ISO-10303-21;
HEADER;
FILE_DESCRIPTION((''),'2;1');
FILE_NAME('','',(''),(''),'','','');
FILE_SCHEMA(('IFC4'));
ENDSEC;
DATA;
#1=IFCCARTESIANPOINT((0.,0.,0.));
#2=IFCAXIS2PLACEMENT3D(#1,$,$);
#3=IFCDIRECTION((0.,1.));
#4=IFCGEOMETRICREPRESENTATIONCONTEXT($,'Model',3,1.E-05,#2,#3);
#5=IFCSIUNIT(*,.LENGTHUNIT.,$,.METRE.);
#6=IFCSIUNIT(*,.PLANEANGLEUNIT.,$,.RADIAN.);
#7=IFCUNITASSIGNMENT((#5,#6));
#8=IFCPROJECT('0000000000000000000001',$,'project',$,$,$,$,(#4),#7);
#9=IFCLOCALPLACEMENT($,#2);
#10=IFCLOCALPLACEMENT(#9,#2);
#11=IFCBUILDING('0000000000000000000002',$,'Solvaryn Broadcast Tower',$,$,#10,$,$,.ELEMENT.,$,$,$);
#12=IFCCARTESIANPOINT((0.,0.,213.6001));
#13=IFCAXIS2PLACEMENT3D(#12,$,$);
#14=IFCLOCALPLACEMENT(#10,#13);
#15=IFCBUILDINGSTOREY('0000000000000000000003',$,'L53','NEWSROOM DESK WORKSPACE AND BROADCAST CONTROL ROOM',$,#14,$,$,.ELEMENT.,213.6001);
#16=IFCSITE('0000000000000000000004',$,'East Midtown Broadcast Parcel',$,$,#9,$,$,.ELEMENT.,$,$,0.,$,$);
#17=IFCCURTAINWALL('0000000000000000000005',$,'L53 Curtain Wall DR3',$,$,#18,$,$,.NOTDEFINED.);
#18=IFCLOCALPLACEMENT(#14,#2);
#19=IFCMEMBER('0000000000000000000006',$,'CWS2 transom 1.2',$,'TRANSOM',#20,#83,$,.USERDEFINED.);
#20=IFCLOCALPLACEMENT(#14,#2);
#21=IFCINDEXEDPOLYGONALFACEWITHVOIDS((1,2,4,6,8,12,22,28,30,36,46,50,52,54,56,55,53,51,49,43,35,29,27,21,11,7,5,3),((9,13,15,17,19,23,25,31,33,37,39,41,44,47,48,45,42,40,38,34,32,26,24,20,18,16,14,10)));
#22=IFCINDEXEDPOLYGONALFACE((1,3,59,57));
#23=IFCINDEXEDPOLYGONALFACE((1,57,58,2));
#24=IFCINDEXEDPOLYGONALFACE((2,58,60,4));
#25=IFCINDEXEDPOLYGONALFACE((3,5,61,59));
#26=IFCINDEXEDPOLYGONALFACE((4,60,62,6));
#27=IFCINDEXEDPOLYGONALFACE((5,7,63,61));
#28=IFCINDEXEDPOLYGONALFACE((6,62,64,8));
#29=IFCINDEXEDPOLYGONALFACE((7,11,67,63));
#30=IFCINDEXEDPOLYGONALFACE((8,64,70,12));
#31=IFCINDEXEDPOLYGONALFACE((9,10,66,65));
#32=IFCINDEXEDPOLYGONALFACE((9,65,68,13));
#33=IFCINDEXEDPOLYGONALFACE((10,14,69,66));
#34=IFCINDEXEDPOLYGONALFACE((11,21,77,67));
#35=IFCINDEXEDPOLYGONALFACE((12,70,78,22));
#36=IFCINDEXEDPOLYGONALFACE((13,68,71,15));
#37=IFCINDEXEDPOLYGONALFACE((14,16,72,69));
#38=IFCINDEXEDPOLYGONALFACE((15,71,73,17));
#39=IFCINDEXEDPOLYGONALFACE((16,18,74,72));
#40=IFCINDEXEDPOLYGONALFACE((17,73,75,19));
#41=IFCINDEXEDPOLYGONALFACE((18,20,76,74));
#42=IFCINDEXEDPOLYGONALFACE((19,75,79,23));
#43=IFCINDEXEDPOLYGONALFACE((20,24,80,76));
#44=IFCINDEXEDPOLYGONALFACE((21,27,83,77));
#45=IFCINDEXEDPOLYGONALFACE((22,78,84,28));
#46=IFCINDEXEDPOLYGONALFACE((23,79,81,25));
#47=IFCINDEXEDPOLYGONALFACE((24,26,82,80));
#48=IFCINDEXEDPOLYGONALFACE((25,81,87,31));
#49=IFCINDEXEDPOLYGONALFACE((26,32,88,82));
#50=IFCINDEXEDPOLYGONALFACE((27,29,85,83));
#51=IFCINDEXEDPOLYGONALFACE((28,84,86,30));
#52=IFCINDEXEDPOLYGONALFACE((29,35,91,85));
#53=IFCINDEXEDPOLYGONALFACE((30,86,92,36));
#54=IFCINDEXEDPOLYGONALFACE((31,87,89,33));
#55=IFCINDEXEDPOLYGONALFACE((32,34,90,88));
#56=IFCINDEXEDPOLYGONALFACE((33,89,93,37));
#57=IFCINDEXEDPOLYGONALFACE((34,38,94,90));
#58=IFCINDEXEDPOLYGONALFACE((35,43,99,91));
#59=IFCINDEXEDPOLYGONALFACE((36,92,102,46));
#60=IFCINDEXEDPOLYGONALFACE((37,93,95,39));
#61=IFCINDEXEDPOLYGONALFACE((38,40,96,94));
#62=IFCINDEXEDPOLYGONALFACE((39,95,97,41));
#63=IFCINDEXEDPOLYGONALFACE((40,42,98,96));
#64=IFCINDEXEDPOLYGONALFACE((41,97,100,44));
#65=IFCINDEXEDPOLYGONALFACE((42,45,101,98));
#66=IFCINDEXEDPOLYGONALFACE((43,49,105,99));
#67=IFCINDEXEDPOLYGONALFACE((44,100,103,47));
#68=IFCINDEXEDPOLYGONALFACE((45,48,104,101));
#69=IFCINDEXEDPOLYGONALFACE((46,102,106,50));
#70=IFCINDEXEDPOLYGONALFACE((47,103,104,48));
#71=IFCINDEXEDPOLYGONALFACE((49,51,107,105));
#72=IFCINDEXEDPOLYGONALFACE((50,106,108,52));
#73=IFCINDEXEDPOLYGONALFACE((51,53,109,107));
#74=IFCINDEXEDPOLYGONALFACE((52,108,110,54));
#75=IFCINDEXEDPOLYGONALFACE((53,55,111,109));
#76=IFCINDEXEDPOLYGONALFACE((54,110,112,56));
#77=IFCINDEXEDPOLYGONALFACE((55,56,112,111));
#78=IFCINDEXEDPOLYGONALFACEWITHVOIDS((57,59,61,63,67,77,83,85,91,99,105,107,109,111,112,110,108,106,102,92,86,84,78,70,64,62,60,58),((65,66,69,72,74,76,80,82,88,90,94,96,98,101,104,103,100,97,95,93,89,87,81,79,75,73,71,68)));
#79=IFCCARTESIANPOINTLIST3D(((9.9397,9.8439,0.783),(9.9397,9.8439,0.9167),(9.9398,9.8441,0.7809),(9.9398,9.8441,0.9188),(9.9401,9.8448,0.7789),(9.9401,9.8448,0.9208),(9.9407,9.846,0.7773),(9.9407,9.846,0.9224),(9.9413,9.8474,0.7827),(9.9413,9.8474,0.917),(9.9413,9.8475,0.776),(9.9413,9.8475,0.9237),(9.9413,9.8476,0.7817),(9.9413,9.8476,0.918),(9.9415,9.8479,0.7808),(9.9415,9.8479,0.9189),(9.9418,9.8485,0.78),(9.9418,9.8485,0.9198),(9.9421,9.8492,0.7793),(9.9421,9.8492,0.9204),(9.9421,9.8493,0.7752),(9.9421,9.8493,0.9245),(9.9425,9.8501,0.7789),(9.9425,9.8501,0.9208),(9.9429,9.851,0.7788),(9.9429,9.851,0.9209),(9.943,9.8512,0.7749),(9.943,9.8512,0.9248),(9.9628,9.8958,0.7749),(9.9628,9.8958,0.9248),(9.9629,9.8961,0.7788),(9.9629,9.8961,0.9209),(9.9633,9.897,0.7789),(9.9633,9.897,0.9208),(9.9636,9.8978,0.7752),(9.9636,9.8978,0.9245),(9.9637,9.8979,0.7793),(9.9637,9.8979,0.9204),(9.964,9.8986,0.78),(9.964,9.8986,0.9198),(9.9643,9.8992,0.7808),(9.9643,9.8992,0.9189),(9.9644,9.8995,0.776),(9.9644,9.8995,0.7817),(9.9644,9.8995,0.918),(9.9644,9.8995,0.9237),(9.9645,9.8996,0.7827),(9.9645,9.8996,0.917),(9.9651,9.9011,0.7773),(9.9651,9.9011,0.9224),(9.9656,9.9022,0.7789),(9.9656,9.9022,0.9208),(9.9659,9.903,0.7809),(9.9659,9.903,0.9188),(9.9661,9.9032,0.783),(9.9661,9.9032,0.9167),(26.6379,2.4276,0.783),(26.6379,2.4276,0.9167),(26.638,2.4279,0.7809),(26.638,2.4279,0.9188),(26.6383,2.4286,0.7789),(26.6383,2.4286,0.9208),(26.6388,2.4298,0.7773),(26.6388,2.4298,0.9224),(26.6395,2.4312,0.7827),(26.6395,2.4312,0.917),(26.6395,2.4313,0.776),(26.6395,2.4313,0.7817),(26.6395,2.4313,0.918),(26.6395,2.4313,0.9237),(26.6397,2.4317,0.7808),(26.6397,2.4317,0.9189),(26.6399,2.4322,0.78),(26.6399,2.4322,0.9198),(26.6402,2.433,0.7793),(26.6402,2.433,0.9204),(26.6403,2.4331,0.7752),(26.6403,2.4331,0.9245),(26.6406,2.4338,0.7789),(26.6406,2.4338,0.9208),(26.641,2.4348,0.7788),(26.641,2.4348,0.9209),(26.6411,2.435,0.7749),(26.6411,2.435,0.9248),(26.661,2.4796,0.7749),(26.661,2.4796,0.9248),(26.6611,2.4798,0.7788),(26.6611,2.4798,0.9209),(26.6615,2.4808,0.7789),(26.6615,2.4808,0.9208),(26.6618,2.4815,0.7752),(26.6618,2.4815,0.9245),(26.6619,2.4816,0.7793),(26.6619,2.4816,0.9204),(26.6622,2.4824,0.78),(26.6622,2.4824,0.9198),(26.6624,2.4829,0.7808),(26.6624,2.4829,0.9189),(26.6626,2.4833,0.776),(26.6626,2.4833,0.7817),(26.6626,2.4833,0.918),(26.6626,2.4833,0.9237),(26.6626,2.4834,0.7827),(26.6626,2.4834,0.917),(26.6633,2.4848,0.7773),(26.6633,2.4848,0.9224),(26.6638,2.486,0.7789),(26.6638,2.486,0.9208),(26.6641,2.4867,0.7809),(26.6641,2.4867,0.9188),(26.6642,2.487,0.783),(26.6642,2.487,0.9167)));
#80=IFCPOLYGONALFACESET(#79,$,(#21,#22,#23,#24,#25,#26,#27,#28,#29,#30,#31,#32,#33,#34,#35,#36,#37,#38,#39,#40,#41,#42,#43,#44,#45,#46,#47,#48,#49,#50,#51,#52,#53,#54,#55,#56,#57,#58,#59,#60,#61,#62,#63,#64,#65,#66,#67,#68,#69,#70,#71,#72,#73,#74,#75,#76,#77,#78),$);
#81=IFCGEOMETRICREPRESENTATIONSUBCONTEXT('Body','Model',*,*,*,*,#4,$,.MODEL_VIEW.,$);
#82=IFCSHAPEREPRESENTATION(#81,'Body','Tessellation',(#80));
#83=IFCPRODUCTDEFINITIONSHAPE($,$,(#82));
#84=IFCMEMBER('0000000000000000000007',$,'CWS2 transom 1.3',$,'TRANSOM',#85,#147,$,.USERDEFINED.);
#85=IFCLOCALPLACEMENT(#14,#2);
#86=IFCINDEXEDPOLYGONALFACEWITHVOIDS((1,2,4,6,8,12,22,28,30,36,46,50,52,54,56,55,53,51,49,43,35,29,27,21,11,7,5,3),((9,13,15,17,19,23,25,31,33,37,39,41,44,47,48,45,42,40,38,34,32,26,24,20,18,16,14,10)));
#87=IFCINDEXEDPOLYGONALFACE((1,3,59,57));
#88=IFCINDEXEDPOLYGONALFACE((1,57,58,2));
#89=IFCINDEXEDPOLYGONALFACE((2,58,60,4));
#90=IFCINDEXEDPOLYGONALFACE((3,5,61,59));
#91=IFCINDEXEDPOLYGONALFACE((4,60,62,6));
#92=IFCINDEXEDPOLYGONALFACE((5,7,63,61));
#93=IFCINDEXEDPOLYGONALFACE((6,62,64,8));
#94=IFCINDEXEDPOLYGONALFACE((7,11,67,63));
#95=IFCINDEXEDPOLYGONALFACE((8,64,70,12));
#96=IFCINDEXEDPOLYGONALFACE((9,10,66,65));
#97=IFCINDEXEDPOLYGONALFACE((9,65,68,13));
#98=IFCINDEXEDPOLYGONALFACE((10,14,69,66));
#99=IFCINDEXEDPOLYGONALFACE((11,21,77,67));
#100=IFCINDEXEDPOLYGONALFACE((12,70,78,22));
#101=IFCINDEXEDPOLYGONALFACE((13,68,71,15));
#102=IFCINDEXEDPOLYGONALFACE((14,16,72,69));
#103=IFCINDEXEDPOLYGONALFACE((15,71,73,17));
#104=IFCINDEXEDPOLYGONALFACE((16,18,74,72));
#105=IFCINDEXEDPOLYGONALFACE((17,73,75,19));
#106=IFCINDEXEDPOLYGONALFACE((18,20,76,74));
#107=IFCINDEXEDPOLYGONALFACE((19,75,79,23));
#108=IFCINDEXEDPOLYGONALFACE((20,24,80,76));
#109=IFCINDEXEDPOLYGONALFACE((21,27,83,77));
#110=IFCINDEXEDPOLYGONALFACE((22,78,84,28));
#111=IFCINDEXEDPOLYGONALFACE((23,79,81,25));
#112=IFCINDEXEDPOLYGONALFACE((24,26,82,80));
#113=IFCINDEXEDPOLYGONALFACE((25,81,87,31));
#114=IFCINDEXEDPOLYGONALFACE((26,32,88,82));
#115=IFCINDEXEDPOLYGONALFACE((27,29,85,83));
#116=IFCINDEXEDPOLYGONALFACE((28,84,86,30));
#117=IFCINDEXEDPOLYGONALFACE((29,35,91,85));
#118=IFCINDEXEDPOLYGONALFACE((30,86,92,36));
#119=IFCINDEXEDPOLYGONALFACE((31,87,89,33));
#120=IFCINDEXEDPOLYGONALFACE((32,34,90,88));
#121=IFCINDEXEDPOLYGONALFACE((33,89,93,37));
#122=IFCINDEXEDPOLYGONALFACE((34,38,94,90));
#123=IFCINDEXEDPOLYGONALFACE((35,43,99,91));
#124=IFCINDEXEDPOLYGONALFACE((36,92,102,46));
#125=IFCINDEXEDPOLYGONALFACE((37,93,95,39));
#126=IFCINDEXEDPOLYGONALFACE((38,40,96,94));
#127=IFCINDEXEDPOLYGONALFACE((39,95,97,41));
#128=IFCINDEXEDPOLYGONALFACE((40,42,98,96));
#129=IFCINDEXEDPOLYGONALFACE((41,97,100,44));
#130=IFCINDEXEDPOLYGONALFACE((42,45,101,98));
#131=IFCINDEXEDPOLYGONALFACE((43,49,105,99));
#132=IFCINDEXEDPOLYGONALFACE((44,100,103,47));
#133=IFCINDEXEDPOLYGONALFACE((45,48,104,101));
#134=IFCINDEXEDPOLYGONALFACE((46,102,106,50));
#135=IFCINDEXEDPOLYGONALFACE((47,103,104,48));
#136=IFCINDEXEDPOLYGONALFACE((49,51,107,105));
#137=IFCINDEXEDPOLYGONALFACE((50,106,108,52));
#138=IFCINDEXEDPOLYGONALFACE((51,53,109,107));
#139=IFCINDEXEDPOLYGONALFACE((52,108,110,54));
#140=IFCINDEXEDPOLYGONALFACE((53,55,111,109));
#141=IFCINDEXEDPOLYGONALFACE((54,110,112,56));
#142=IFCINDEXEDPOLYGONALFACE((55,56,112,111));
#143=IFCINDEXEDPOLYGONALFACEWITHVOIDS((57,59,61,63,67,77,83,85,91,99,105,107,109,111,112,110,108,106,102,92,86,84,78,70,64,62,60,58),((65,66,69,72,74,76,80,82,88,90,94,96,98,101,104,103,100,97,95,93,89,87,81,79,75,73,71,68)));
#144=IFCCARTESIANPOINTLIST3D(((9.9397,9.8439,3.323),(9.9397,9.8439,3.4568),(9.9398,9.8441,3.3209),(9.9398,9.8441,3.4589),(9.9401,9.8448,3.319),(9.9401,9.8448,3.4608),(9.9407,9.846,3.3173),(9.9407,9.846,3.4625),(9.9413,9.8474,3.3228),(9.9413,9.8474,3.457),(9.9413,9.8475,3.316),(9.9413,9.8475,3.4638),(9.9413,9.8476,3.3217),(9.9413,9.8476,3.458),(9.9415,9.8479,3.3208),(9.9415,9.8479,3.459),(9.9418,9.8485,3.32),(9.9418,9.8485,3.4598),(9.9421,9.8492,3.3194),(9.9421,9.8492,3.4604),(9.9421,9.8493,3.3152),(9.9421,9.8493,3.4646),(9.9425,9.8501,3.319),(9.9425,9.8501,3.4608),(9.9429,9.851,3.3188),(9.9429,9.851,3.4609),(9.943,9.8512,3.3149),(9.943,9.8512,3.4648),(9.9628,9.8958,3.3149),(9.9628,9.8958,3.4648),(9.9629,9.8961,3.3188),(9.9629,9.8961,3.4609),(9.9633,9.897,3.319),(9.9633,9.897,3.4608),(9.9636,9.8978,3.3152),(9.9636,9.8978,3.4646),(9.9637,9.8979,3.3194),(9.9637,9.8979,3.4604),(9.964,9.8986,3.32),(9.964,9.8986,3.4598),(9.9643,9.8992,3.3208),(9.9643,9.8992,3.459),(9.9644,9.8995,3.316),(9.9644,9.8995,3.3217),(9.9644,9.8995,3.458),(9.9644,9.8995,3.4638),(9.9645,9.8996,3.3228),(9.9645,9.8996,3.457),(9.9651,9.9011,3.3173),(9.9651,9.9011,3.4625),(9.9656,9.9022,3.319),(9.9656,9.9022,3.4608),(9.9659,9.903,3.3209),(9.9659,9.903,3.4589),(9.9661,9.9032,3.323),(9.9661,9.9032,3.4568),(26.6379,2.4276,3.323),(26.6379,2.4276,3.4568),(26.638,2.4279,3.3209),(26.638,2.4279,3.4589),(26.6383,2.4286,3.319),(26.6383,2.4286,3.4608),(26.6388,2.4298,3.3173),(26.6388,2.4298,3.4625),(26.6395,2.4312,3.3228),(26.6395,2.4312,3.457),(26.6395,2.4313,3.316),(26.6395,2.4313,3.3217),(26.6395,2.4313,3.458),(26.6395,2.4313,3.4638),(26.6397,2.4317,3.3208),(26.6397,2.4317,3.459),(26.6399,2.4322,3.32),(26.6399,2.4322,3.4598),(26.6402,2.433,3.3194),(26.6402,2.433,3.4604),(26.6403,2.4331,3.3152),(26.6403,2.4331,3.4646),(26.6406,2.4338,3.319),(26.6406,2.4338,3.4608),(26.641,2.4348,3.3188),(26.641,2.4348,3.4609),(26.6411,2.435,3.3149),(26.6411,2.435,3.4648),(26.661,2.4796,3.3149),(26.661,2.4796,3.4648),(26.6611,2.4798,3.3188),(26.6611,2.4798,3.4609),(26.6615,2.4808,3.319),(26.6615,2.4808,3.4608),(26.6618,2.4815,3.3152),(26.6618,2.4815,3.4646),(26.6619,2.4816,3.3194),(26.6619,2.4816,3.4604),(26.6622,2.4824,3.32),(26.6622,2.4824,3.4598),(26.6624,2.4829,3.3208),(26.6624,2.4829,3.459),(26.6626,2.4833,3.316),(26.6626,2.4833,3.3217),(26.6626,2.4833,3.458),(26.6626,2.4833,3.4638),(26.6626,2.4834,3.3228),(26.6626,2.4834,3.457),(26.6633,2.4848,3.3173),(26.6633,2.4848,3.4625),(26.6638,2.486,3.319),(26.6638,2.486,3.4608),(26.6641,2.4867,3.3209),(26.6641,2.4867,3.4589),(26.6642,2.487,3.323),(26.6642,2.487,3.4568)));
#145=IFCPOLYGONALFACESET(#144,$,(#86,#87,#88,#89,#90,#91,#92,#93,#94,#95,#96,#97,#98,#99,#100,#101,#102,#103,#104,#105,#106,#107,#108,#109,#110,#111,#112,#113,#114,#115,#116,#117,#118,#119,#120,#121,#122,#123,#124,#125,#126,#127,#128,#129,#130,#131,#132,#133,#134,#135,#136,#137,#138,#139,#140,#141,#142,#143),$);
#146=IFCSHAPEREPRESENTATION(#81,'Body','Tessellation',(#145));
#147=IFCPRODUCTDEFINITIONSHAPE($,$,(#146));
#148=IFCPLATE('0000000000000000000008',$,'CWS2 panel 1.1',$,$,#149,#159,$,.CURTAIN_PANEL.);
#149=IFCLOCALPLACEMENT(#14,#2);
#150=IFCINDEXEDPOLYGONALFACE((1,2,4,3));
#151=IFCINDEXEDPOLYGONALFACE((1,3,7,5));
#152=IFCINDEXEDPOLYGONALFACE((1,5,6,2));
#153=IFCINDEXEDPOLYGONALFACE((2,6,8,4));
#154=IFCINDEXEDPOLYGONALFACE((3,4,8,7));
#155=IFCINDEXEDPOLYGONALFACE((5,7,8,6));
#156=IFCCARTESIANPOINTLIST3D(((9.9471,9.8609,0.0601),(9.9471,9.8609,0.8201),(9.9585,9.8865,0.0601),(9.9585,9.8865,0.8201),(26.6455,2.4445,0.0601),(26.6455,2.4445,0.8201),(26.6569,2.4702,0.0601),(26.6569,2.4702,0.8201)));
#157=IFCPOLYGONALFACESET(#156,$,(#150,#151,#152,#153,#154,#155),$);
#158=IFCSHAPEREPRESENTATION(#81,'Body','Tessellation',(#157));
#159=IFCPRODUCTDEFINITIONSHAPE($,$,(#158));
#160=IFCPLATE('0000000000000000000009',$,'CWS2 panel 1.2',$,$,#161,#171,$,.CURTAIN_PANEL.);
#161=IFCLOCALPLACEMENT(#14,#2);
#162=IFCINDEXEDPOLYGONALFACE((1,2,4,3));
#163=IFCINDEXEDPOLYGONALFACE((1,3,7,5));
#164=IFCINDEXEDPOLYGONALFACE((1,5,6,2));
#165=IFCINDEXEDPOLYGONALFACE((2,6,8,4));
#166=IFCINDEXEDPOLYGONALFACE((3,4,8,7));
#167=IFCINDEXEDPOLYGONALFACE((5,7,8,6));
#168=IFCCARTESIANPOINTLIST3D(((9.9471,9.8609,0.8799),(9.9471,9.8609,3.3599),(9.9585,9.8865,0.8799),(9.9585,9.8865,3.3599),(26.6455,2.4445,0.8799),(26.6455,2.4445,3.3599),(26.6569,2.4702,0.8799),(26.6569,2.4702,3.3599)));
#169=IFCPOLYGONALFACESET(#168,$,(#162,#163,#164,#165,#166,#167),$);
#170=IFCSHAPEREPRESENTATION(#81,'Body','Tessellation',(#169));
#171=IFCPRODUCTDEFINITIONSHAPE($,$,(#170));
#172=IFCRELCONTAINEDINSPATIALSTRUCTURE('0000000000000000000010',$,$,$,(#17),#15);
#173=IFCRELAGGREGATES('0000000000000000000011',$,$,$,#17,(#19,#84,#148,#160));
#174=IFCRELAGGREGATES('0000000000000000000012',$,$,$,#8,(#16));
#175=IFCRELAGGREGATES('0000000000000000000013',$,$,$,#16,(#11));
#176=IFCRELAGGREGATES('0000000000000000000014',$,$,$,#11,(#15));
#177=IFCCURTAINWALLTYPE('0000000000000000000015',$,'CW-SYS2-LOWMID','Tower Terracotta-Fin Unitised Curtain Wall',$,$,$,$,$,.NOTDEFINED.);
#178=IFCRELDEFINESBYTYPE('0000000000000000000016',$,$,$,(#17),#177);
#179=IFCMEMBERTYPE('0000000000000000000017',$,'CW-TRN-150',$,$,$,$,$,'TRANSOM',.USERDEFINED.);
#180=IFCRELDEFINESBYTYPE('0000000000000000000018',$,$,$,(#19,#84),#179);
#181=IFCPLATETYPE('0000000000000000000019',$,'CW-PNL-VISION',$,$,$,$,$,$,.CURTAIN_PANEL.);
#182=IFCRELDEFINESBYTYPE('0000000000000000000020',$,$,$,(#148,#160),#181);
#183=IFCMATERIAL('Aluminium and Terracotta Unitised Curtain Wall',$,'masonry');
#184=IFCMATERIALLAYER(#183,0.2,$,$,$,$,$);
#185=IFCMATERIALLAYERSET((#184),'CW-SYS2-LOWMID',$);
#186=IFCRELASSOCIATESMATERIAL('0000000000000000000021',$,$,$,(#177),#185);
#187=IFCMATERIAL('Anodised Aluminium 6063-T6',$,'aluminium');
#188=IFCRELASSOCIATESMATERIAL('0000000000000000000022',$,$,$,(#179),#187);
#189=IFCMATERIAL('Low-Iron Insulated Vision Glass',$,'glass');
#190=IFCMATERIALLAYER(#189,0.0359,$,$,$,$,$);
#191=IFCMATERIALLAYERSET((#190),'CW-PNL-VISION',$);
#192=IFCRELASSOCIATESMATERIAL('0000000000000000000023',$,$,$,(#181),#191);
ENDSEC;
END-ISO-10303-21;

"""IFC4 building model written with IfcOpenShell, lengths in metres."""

from ifc_helpers import new_model, si_unit, direction, frame, origin, origin_2d, place, context, subcontext, project, spatial, rectangle, hollow_rectangle, extrude, material, layer, layer_set, material_profile, profile_set, type_object, element, aggregate, save


model = new_model("IFC4")

# Units and contexts
model_context = context("Model", 3, precision=1e-05, world=origin(), true_north=direction((0.0, 1.0)))
body_context = subcontext(model_context, "Body", "Model", "MODEL_VIEW")
ifc_project = project(units=[si_unit("LENGTHUNIT", "METRE"), si_unit("PLANEANGLEUNIT", "RADIAN")], contexts=[model_context])

# Site, building, storey
site_placement = place(None, origin())
site = spatial("IfcSite", under=ifc_project, at=site_placement, Name="East Midtown Broadcast Parcel", CompositionType="ELEMENT", RefElevation=0.0)
building_placement = place(site_placement, origin())
building = spatial("IfcBuilding", under=site, at=building_placement, Name="Solvaryn Broadcast Tower", CompositionType="ELEMENT")
storey_placement = place(building_placement, frame((0.0, 0.0, 213.6001)))
storey = spatial("IfcBuildingStorey", under=building, at=storey_placement, Name="L53", Description="NEWSROOM DESK WORKSPACE AND BROADCAST CONTROL ROOM", CompositionType="ELEMENT", Elevation=213.6001)

# Curtain wall, members, plates
ifc_material_1 = material(Name="Aluminium and Terracotta Unitised Curtain Wall", Category="masonry")
ifc_layer_1 = layer(ifc_material_1, 0.2)
ifc_layer_set_1 = layer_set([ifc_layer_1], Name="CW-SYS2-LOWMID")
curtain_wall_type = type_object("IfcCurtainWallType", Name="CW-SYS2-LOWMID", Description="Tower Terracotta-Fin Unitised Curtain Wall", PredefinedType="NOTDEFINED", material=ifc_layer_set_1)
curtain_wall_placement = place(storey_placement, origin())
curtain_wall = element("IfcCurtainWall", 1, at=curtain_wall_placement, inside=storey, type_object=curtain_wall_type, Name="L53 Curtain Wall DR3", PredefinedType="NOTDEFINED")
ifc_material_2 = material(Name="Anodised Aluminium 6063-T6", Category="aluminium")
ifc_material_profile_1 = material_profile(ifc_material_2, hollow_rectangle(XDim=0.0649, YDim=0.1499, WallThickness=0.0039, InnerFilletRadius=0.0039, OuterFilletRadius=0.0081, at=origin_2d()))
ifc_profile_set_1 = profile_set([ifc_material_profile_1], Name="Anodised Aluminium 6063-T6")
member_type_1 = type_object("IfcMemberType", Name="CW-TRN-150", ElementType="TRANSOM", PredefinedType="USERDEFINED", material=ifc_profile_set_1)
member_1_placement = place(storey_placement, frame((9.9529, 9.8735, 0.8499), z_axis=(0.913917, -0.405902, 0.0), x_axis=(0.405902, 0.913917, 0.0)))
member_1 = element("IfcMember", 2, at=member_1_placement, type_object=member_type_1, Name="CWS2 transom 1.2", ObjectType="TRANSOM", PredefinedType="USERDEFINED", context=body_context, shape_type="SweptSolid", body=[
    extrude(hollow_rectangle(XDim=0.0649, YDim=0.1499, WallThickness=0.0039, InnerFilletRadius=0.0039, OuterFilletRadius=0.0081, at=origin_2d()), origin(), (0.0, 0.0, 1.0), 18.271),
])
member_2_placement = place(storey_placement, frame((9.9529, 9.8735, 3.3899), z_axis=(0.913917, -0.405902, 0.0), x_axis=(0.405902, 0.913917, 0.0)))
member_2 = element("IfcMember", 3, at=member_2_placement, type_object=member_type_1, Name="CWS2 transom 1.3", ObjectType="TRANSOM", PredefinedType="USERDEFINED", context=body_context, shape_type="SweptSolid", body=[
    extrude(hollow_rectangle(XDim=0.0649, YDim=0.1499, WallThickness=0.0039, InnerFilletRadius=0.0039, OuterFilletRadius=0.0081, at=origin_2d()), origin(), (0.0, 0.0, 1.0), 18.271),
])
ifc_material_3 = material(Name="Low-Iron Insulated Vision Glass", Category="glass")
ifc_layer_2 = layer(ifc_material_3, 0.0359)
ifc_layer_set_2 = layer_set([ifc_layer_2], Name="CW-PNL-VISION")
plate_type = type_object("IfcPlateType", Name="CW-PNL-VISION", PredefinedType="CURTAIN_PANEL", material=ifc_layer_set_2)
plate_1_placement = place(storey_placement, frame((18.302, 6.1655, 0.0601), z_axis=(0.0, 0.0, 1.0), x_axis=(0.913917, -0.405901, 0.0)))
plate_1 = element("IfcPlate", 4, at=plate_1_placement, type_object=plate_type, Name="CWS2 panel 1.1", PredefinedType="CURTAIN_PANEL", context=body_context, shape_type="SweptSolid", body=[
    extrude(rectangle(XDim=18.2712, YDim=0.0281, at=origin_2d()), origin(), (0.0, 0.0, 1.0), 0.76),
])
plate_2_placement = place(storey_placement, frame((18.302, 6.1655, 0.8799), z_axis=(0.0, 0.0, 1.0), x_axis=(0.913917, -0.405901, 0.0)))
plate_2 = element("IfcPlate", 5, at=plate_2_placement, type_object=plate_type, Name="CWS2 panel 1.2", PredefinedType="CURTAIN_PANEL", context=body_context, shape_type="SweptSolid", body=[
    extrude(rectangle(XDim=18.2712, YDim=0.0281, at=origin_2d()), origin(), (0.0, 0.0, 1.0), 2.48),
])
aggregate(curtain_wall, [member_1, member_2, plate_1, plate_2])

save(model, "model.ifc")
